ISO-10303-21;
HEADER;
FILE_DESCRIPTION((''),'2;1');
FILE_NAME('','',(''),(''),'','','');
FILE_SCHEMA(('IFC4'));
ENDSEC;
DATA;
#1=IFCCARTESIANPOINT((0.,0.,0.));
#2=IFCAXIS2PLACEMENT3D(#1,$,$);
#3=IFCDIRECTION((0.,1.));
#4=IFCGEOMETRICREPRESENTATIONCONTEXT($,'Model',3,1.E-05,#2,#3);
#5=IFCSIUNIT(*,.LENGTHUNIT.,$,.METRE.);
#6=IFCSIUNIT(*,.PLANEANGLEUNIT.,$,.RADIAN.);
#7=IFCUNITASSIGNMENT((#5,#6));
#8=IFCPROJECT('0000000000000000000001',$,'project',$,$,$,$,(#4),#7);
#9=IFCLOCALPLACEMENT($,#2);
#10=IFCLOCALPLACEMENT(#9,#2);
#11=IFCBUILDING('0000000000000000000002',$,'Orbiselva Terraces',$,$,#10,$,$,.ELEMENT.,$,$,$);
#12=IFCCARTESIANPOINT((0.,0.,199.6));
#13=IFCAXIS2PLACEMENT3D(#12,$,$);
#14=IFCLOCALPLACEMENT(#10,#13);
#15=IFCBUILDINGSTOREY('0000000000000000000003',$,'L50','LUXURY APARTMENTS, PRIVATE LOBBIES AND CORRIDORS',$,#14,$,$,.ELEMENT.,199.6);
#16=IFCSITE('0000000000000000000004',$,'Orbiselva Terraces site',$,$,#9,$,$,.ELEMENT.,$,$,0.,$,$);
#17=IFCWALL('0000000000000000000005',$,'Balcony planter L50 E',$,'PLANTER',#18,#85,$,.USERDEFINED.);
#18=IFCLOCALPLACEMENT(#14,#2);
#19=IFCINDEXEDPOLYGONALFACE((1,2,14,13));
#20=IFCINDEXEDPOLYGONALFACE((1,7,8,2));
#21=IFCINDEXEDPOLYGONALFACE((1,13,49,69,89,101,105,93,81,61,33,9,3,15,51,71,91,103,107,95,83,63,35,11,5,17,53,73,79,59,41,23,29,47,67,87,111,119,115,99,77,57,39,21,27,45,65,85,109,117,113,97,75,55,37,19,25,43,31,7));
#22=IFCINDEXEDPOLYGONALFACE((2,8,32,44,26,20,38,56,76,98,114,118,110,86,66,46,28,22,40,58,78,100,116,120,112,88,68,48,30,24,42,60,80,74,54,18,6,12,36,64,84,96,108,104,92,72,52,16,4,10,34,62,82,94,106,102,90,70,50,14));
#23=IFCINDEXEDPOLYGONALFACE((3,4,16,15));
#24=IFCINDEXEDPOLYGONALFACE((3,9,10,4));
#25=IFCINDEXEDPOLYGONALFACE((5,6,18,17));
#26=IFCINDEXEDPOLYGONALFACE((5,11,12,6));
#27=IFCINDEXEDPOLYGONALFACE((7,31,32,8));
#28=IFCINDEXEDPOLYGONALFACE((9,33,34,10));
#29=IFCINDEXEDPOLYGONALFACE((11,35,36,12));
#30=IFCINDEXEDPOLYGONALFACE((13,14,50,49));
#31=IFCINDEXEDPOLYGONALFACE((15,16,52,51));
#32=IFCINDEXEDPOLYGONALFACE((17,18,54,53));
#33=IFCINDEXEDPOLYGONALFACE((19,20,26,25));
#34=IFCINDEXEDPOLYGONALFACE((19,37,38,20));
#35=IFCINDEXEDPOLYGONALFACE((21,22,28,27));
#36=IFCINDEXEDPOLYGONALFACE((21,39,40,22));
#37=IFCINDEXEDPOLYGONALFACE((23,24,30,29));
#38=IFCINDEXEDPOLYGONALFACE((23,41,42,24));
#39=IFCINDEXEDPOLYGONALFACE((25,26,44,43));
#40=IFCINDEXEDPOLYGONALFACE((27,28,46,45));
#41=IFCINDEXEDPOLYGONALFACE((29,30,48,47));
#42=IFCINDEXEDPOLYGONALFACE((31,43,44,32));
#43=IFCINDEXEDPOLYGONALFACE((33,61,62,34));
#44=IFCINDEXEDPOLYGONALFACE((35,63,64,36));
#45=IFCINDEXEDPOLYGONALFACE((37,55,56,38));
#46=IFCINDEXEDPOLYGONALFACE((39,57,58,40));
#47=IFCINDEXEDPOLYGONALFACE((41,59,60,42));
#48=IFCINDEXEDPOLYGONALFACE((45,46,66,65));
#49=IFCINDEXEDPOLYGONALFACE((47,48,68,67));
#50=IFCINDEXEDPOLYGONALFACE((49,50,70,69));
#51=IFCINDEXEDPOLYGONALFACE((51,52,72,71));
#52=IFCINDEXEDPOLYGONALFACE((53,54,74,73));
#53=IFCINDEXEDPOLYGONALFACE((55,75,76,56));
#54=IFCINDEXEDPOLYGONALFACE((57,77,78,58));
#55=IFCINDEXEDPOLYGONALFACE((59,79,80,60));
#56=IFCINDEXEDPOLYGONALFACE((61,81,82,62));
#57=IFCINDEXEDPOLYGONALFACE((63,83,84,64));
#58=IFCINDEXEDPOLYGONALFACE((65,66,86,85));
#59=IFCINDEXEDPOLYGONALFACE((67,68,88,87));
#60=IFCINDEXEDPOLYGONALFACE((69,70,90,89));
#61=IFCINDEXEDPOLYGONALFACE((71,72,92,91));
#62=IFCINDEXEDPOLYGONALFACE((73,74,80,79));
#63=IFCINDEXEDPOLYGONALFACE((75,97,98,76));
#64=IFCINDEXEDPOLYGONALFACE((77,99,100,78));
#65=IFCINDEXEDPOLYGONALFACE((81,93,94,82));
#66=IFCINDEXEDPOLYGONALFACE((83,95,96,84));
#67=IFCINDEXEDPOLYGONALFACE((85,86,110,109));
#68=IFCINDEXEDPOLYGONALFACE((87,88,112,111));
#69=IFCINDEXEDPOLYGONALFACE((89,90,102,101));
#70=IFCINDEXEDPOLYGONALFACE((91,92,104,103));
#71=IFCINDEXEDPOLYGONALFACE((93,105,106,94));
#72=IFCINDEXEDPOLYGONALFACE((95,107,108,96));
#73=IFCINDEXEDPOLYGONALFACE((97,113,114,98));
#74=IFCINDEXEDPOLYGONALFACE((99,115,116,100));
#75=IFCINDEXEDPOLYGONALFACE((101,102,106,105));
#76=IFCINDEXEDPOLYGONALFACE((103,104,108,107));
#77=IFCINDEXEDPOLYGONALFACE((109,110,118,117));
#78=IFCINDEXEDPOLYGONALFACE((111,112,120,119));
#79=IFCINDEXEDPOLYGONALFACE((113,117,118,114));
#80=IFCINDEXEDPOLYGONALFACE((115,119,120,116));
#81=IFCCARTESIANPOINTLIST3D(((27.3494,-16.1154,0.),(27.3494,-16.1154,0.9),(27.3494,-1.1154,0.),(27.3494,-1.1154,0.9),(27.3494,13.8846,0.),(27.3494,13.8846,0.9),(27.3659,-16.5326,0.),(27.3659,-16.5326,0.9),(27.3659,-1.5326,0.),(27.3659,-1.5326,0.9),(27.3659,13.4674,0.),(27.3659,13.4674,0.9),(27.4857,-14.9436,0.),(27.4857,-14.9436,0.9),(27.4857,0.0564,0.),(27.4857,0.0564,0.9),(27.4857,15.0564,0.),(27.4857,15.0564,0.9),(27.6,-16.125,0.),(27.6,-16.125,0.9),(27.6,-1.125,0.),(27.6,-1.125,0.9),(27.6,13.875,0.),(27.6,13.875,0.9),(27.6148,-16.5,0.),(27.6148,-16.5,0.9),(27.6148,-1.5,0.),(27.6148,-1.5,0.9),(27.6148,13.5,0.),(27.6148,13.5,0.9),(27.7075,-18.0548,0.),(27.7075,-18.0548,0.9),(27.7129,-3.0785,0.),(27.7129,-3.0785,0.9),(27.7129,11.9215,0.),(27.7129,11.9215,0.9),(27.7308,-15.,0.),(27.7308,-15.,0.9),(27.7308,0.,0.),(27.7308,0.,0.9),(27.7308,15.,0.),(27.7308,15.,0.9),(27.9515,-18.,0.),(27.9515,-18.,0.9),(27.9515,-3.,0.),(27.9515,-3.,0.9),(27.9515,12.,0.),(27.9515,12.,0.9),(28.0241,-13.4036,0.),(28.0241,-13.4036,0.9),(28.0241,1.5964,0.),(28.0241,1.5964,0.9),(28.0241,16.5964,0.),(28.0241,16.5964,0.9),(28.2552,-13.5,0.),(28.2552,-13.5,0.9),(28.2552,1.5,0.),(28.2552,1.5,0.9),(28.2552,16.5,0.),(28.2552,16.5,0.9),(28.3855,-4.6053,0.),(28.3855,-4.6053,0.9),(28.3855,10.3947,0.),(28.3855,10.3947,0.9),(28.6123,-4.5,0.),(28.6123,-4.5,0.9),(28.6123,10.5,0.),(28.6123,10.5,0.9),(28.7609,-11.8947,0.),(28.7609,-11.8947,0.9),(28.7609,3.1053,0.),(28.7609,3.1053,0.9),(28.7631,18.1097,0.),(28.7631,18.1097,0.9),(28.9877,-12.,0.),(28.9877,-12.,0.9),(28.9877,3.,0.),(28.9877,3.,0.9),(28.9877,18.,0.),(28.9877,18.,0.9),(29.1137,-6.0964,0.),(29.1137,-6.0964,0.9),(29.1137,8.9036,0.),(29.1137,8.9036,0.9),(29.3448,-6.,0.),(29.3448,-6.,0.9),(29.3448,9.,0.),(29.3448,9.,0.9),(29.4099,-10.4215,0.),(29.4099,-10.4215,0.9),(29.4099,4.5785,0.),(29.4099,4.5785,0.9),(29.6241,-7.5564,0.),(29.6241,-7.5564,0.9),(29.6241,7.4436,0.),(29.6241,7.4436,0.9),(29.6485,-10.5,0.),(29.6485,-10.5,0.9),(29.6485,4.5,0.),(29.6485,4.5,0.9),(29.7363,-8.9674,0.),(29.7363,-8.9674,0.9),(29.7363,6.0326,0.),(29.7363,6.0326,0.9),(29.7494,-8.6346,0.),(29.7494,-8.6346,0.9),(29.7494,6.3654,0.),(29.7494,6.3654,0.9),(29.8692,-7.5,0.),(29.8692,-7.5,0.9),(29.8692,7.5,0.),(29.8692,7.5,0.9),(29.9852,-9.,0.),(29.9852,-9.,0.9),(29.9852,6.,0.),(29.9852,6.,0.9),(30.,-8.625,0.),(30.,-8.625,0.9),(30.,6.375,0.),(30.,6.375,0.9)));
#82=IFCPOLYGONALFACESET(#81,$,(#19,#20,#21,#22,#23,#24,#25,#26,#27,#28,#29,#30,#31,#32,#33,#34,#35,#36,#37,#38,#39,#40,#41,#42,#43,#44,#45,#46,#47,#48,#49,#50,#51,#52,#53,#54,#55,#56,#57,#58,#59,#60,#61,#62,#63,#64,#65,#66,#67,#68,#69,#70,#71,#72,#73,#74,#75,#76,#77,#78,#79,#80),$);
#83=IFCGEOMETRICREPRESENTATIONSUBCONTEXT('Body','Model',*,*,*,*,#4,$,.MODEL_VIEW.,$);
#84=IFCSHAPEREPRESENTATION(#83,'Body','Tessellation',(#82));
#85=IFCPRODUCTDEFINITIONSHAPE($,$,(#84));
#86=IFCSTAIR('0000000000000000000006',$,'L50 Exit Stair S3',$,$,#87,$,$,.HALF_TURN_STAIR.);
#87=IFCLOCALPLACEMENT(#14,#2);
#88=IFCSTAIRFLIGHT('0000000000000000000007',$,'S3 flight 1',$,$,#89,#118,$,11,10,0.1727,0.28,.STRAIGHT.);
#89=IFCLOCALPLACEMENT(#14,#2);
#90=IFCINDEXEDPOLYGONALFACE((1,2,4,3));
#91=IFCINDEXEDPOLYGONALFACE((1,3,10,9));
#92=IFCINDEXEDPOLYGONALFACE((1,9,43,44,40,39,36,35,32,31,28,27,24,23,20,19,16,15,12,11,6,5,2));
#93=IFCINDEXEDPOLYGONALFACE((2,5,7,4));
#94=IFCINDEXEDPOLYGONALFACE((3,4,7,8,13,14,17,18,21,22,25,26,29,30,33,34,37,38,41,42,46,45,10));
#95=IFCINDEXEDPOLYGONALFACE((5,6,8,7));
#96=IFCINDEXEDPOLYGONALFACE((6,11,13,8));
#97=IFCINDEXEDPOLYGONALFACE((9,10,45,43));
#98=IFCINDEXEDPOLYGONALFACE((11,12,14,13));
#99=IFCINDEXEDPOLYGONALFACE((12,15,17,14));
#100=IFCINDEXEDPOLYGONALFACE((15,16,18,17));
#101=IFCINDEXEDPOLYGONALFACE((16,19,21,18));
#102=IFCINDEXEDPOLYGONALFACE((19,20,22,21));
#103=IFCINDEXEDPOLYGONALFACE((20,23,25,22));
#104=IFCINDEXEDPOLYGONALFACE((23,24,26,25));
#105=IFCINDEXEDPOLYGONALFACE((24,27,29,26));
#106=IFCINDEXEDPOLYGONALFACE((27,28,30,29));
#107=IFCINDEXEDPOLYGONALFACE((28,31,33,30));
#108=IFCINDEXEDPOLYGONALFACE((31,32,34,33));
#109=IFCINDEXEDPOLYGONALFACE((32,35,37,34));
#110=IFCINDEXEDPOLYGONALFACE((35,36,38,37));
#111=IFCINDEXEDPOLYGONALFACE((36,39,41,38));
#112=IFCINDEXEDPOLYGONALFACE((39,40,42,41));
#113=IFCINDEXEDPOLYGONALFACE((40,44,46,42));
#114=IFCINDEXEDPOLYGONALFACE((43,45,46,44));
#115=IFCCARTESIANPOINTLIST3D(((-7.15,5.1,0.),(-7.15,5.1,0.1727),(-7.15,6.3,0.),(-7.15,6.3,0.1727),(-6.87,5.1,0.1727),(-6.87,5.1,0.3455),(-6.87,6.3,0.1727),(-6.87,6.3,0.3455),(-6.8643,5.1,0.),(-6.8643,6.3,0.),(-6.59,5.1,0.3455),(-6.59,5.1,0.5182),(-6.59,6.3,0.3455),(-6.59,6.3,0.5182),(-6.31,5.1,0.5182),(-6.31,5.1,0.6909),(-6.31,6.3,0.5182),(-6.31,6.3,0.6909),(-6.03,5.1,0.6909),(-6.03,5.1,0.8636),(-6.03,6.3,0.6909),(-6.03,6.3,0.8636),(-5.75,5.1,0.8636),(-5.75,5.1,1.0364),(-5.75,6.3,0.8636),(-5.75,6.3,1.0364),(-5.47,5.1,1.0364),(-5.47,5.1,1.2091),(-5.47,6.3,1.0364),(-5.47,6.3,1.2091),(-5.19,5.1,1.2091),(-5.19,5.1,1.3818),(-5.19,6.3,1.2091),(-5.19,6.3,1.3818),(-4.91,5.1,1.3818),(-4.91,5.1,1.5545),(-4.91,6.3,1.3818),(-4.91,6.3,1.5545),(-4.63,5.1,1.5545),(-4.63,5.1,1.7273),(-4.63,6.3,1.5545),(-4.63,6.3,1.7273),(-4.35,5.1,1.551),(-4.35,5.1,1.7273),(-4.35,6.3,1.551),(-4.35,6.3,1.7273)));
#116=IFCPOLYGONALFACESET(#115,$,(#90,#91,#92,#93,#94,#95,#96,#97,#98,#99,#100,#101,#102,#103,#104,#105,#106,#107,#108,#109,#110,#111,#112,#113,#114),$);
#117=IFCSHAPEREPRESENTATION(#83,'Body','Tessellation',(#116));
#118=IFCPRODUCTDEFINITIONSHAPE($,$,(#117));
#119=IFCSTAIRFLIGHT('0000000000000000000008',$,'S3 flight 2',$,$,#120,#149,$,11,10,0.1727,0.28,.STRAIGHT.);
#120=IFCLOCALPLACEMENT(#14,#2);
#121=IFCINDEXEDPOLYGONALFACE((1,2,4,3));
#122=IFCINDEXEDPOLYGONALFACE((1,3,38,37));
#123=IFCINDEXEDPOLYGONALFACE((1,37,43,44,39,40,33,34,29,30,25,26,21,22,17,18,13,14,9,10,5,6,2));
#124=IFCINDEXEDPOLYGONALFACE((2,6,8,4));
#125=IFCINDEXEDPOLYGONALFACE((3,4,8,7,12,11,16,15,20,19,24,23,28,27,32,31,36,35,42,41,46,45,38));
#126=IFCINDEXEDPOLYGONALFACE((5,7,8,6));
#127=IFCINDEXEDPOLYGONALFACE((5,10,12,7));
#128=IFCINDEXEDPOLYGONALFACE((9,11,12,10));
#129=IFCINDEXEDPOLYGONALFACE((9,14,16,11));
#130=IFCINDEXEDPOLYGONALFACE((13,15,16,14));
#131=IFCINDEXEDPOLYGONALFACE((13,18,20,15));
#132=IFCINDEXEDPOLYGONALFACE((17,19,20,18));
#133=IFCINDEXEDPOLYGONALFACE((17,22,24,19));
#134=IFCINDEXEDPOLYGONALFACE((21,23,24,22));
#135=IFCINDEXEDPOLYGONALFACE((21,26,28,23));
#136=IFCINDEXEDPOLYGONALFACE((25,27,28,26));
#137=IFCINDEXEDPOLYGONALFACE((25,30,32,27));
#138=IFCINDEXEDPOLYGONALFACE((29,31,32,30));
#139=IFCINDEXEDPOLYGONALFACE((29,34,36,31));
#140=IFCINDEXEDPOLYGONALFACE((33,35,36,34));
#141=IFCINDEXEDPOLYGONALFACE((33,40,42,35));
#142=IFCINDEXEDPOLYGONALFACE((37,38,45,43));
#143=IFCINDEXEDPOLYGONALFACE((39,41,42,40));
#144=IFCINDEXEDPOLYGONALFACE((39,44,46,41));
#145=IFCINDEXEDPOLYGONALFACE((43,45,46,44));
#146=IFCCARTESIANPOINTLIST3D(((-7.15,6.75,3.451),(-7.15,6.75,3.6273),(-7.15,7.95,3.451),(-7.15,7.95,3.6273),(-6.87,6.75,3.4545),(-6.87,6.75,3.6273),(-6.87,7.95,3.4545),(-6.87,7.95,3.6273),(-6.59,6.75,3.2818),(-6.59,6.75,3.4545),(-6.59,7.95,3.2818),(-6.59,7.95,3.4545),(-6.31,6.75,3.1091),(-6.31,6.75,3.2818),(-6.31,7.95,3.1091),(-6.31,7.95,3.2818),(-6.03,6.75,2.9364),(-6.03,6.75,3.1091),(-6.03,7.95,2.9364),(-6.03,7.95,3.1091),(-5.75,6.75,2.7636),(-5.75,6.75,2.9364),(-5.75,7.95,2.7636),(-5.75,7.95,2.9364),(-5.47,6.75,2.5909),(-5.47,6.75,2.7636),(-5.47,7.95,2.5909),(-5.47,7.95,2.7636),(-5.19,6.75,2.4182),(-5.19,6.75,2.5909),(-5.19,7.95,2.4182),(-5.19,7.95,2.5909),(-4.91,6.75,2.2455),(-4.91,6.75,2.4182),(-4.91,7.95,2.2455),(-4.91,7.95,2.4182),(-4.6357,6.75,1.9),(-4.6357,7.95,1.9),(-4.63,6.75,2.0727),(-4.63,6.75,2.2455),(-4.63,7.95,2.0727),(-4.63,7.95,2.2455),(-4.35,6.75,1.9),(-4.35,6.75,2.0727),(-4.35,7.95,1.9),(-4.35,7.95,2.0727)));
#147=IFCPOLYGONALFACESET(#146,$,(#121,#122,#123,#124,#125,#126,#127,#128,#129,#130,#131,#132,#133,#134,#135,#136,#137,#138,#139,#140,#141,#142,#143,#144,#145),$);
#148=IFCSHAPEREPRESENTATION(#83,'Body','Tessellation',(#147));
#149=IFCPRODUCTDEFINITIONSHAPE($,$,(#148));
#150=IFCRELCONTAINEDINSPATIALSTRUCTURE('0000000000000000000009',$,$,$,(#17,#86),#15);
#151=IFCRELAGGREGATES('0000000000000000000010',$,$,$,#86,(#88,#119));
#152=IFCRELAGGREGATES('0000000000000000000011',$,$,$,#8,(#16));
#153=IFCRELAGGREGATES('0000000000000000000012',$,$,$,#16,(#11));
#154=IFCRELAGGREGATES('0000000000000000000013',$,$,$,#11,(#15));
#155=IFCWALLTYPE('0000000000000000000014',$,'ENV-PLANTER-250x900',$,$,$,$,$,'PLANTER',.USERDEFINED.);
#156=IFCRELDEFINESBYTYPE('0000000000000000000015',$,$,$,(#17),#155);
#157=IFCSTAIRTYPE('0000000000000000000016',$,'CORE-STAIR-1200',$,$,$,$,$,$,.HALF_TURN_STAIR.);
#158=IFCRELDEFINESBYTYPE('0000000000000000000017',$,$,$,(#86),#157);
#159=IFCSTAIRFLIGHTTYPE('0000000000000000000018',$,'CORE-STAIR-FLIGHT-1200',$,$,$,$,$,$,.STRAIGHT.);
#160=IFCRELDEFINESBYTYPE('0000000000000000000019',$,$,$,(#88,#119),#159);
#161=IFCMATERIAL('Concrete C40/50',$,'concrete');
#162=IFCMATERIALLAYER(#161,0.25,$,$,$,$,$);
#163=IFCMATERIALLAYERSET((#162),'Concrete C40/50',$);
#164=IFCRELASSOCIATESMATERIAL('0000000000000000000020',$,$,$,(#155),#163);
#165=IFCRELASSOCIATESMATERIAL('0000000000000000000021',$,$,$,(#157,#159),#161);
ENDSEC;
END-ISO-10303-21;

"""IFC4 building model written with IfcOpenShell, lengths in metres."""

from ifc_helpers import new_model, si_unit, direction, frame, origin, place, context, subcontext, project, spatial, polyline, outline, extrude, material, layer, layer_set, type_object, element, aggregate, save


model = new_model("IFC4")

# Units and contexts
model_context = context("Model", 3, precision=1e-05, world=origin(), true_north=direction((0.0, 1.0)))
body_context = subcontext(model_context, "Body", "Model", "MODEL_VIEW")
ifc_project = project(units=[si_unit("LENGTHUNIT", "METRE"), si_unit("PLANEANGLEUNIT", "RADIAN")], contexts=[model_context])

# Site, building, storey
site_placement = place(None, origin())
site = spatial("IfcSite", under=ifc_project, at=site_placement, Name="Orbiselva Terraces site", CompositionType="ELEMENT", RefElevation=0.0)
building_placement = place(site_placement, origin())
building = spatial("IfcBuilding", under=site, at=building_placement, Name="Orbiselva Terraces", CompositionType="ELEMENT")
storey_placement = place(building_placement, frame((0.0, 0.0, 199.6)))
storey = spatial("IfcBuildingStorey", under=building, at=storey_placement, Name="L50", Description="LUXURY APARTMENTS, PRIVATE LOBBIES AND CORRIDORS", CompositionType="ELEMENT", Elevation=199.6)

# Wall
ifc_material_1 = material(Name="Concrete C40/50", Category="concrete")
ifc_layer_1 = layer(ifc_material_1, 0.25)
ifc_layer_set_1 = layer_set([ifc_layer_1], Name="Concrete C40/50")
wall_type_1 = type_object("IfcWallType", Name="ENV-PLANTER-250x900", ElementType="PLANTER", PredefinedType="USERDEFINED", material=ifc_layer_set_1)
wall_1_placement = place(storey_placement, origin())
element("IfcWall", 1, at=wall_1_placement, inside=storey, type_object=wall_type_1, Name="Balcony planter L50 E", ObjectType="PLANTER", PredefinedType="USERDEFINED", context=body_context, shape_type="SweptSolid", body=[
    extrude(outline(polyline([(27.9515, -18.0), (27.6148, -16.5), (27.6, -16.125), (27.7308, -15.0), (28.2552, -13.5), (28.9877, -12.0), (29.6485, -10.5), (29.9852, -9.0), (30.0, -8.625), (29.8692, -7.5), (29.3448, -6.0), (28.6123, -4.5), (27.9515, -3.0), (27.6148, -1.5), (27.6, -1.125), (27.7308, 0.0), (28.2552, 1.5), (28.9877, 3.0), (29.6485, 4.5), (29.9852, 6.0), (30.0, 6.375), (29.8692, 7.5), (29.3448, 9.0), (28.6123, 10.5), (27.9515, 12.0), (27.6148, 13.5), (27.6, 13.875), (27.7308, 15.0), (28.2552, 16.5), (28.9877, 18.0), (28.7631, 18.1097), (28.0241, 16.5964), (27.4857, 15.0564), (27.3494, 13.8846), (27.3659, 13.4674), (27.7129, 11.9215), (28.3855, 10.3947), (29.1137, 8.9036), (29.6241, 7.4436), (29.7494, 6.3654), (29.7363, 6.0326), (29.4099, 4.5785), (28.7609, 3.1053), (28.0241, 1.5964), (27.4857, 0.0564), (27.3494, -1.1154), (27.3659, -1.5326), (27.7129, -3.0785), (28.3855, -4.6053), (29.1137, -6.0964), (29.6241, -7.5564), (29.7494, -8.6346), (29.7363, -8.9674), (29.4099, -10.4215), (28.7609, -11.8947), (28.0241, -13.4036), (27.4857, -14.9436), (27.3494, -16.1154), (27.3659, -16.5326), (27.7075, -18.0548), (27.9515, -18.0)])), origin(), (0.0, 0.0, 1.0), 0.9),
])

# Stair, stair flights
stair_type = type_object("IfcStairType", Name="CORE-STAIR-1200", PredefinedType="HALF_TURN_STAIR", material=ifc_material_1)
stair_placement = place(storey_placement, origin())
stair = element("IfcStair", 2, at=stair_placement, inside=storey, type_object=stair_type, Name="L50 Exit Stair S3", PredefinedType="HALF_TURN_STAIR")
stair_flight_type = type_object("IfcStairFlightType", Name="CORE-STAIR-FLIGHT-1200", PredefinedType="STRAIGHT", material=ifc_material_1)
stair_flight_1_placement = place(storey_placement, frame((-7.15, 5.7, 0.0), z_axis=(0.0, 0.0, 1.0), x_axis=(1.0, 0.0, 0.0)))
stair_flight_1 = element("IfcStairFlight", 3, at=stair_flight_1_placement, type_object=stair_flight_type, Name="S3 flight 1", NumberOfRisers=11, NumberOfTreads=10, PredefinedType="STRAIGHT", RiserHeight=0.1727, TreadLength=0.28, context=body_context, shape_type="SweptSolid", body=[
    extrude(outline(polyline([(0.0, 0.0), (0.0, 0.1727), (0.28, 0.1727), (0.28, 0.3455), (0.56, 0.3455), (0.56, 0.5182), (0.84, 0.5182), (0.84, 0.6909), (1.12, 0.6909), (1.12, 0.8636), (1.4, 0.8636), (1.4, 1.0364), (1.68, 1.0364), (1.68, 1.2091), (1.96, 1.2091), (1.96, 1.3818), (2.24, 1.3818), (2.24, 1.5545), (2.52, 1.5545), (2.52, 1.7273), (2.8, 1.7273), (2.8, 1.9), (2.8, 1.551), (0.2857, 0.0), (0.0, 0.0)])), frame((0.0, 0.6, 0.0), z_axis=(0.0, -1.0, 0.0), x_axis=(1.0, 0.0, 0.0)), (0.0, 0.0, 1.0), 1.2),
])
stair_flight_2_placement = place(storey_placement, frame((-4.35, 7.35, 1.9), z_axis=(0.0, 0.0, 1.0), x_axis=(-1.0, 0.0, 0.0)))
stair_flight_2 = element("IfcStairFlight", 4, at=stair_flight_2_placement, type_object=stair_flight_type, Name="S3 flight 2", NumberOfRisers=11, NumberOfTreads=10, PredefinedType="STRAIGHT", RiserHeight=0.1727, TreadLength=0.28, context=body_context, shape_type="SweptSolid", body=[
    extrude(outline(polyline([(0.0, 0.0), (0.0, 0.1727), (0.28, 0.1727), (0.28, 0.3455), (0.56, 0.3455), (0.56, 0.5182), (0.84, 0.5182), (0.84, 0.6909), (1.12, 0.6909), (1.12, 0.8636), (1.4, 0.8636), (1.4, 1.0364), (1.68, 1.0364), (1.68, 1.2091), (1.96, 1.2091), (1.96, 1.3818), (2.24, 1.3818), (2.24, 1.5545), (2.52, 1.5545), (2.52, 1.7273), (2.8, 1.7273), (2.8, 1.9), (2.8, 1.551), (0.2857, 0.0), (0.0, 0.0)])), frame((0.0, 0.6, 0.0), z_axis=(0.0, -1.0, 0.0), x_axis=(1.0, 0.0, 0.0)), (0.0, 0.0, 1.0), 1.2),
])
aggregate(stair, [stair_flight_1, stair_flight_2])

save(model, "model.ifc")
